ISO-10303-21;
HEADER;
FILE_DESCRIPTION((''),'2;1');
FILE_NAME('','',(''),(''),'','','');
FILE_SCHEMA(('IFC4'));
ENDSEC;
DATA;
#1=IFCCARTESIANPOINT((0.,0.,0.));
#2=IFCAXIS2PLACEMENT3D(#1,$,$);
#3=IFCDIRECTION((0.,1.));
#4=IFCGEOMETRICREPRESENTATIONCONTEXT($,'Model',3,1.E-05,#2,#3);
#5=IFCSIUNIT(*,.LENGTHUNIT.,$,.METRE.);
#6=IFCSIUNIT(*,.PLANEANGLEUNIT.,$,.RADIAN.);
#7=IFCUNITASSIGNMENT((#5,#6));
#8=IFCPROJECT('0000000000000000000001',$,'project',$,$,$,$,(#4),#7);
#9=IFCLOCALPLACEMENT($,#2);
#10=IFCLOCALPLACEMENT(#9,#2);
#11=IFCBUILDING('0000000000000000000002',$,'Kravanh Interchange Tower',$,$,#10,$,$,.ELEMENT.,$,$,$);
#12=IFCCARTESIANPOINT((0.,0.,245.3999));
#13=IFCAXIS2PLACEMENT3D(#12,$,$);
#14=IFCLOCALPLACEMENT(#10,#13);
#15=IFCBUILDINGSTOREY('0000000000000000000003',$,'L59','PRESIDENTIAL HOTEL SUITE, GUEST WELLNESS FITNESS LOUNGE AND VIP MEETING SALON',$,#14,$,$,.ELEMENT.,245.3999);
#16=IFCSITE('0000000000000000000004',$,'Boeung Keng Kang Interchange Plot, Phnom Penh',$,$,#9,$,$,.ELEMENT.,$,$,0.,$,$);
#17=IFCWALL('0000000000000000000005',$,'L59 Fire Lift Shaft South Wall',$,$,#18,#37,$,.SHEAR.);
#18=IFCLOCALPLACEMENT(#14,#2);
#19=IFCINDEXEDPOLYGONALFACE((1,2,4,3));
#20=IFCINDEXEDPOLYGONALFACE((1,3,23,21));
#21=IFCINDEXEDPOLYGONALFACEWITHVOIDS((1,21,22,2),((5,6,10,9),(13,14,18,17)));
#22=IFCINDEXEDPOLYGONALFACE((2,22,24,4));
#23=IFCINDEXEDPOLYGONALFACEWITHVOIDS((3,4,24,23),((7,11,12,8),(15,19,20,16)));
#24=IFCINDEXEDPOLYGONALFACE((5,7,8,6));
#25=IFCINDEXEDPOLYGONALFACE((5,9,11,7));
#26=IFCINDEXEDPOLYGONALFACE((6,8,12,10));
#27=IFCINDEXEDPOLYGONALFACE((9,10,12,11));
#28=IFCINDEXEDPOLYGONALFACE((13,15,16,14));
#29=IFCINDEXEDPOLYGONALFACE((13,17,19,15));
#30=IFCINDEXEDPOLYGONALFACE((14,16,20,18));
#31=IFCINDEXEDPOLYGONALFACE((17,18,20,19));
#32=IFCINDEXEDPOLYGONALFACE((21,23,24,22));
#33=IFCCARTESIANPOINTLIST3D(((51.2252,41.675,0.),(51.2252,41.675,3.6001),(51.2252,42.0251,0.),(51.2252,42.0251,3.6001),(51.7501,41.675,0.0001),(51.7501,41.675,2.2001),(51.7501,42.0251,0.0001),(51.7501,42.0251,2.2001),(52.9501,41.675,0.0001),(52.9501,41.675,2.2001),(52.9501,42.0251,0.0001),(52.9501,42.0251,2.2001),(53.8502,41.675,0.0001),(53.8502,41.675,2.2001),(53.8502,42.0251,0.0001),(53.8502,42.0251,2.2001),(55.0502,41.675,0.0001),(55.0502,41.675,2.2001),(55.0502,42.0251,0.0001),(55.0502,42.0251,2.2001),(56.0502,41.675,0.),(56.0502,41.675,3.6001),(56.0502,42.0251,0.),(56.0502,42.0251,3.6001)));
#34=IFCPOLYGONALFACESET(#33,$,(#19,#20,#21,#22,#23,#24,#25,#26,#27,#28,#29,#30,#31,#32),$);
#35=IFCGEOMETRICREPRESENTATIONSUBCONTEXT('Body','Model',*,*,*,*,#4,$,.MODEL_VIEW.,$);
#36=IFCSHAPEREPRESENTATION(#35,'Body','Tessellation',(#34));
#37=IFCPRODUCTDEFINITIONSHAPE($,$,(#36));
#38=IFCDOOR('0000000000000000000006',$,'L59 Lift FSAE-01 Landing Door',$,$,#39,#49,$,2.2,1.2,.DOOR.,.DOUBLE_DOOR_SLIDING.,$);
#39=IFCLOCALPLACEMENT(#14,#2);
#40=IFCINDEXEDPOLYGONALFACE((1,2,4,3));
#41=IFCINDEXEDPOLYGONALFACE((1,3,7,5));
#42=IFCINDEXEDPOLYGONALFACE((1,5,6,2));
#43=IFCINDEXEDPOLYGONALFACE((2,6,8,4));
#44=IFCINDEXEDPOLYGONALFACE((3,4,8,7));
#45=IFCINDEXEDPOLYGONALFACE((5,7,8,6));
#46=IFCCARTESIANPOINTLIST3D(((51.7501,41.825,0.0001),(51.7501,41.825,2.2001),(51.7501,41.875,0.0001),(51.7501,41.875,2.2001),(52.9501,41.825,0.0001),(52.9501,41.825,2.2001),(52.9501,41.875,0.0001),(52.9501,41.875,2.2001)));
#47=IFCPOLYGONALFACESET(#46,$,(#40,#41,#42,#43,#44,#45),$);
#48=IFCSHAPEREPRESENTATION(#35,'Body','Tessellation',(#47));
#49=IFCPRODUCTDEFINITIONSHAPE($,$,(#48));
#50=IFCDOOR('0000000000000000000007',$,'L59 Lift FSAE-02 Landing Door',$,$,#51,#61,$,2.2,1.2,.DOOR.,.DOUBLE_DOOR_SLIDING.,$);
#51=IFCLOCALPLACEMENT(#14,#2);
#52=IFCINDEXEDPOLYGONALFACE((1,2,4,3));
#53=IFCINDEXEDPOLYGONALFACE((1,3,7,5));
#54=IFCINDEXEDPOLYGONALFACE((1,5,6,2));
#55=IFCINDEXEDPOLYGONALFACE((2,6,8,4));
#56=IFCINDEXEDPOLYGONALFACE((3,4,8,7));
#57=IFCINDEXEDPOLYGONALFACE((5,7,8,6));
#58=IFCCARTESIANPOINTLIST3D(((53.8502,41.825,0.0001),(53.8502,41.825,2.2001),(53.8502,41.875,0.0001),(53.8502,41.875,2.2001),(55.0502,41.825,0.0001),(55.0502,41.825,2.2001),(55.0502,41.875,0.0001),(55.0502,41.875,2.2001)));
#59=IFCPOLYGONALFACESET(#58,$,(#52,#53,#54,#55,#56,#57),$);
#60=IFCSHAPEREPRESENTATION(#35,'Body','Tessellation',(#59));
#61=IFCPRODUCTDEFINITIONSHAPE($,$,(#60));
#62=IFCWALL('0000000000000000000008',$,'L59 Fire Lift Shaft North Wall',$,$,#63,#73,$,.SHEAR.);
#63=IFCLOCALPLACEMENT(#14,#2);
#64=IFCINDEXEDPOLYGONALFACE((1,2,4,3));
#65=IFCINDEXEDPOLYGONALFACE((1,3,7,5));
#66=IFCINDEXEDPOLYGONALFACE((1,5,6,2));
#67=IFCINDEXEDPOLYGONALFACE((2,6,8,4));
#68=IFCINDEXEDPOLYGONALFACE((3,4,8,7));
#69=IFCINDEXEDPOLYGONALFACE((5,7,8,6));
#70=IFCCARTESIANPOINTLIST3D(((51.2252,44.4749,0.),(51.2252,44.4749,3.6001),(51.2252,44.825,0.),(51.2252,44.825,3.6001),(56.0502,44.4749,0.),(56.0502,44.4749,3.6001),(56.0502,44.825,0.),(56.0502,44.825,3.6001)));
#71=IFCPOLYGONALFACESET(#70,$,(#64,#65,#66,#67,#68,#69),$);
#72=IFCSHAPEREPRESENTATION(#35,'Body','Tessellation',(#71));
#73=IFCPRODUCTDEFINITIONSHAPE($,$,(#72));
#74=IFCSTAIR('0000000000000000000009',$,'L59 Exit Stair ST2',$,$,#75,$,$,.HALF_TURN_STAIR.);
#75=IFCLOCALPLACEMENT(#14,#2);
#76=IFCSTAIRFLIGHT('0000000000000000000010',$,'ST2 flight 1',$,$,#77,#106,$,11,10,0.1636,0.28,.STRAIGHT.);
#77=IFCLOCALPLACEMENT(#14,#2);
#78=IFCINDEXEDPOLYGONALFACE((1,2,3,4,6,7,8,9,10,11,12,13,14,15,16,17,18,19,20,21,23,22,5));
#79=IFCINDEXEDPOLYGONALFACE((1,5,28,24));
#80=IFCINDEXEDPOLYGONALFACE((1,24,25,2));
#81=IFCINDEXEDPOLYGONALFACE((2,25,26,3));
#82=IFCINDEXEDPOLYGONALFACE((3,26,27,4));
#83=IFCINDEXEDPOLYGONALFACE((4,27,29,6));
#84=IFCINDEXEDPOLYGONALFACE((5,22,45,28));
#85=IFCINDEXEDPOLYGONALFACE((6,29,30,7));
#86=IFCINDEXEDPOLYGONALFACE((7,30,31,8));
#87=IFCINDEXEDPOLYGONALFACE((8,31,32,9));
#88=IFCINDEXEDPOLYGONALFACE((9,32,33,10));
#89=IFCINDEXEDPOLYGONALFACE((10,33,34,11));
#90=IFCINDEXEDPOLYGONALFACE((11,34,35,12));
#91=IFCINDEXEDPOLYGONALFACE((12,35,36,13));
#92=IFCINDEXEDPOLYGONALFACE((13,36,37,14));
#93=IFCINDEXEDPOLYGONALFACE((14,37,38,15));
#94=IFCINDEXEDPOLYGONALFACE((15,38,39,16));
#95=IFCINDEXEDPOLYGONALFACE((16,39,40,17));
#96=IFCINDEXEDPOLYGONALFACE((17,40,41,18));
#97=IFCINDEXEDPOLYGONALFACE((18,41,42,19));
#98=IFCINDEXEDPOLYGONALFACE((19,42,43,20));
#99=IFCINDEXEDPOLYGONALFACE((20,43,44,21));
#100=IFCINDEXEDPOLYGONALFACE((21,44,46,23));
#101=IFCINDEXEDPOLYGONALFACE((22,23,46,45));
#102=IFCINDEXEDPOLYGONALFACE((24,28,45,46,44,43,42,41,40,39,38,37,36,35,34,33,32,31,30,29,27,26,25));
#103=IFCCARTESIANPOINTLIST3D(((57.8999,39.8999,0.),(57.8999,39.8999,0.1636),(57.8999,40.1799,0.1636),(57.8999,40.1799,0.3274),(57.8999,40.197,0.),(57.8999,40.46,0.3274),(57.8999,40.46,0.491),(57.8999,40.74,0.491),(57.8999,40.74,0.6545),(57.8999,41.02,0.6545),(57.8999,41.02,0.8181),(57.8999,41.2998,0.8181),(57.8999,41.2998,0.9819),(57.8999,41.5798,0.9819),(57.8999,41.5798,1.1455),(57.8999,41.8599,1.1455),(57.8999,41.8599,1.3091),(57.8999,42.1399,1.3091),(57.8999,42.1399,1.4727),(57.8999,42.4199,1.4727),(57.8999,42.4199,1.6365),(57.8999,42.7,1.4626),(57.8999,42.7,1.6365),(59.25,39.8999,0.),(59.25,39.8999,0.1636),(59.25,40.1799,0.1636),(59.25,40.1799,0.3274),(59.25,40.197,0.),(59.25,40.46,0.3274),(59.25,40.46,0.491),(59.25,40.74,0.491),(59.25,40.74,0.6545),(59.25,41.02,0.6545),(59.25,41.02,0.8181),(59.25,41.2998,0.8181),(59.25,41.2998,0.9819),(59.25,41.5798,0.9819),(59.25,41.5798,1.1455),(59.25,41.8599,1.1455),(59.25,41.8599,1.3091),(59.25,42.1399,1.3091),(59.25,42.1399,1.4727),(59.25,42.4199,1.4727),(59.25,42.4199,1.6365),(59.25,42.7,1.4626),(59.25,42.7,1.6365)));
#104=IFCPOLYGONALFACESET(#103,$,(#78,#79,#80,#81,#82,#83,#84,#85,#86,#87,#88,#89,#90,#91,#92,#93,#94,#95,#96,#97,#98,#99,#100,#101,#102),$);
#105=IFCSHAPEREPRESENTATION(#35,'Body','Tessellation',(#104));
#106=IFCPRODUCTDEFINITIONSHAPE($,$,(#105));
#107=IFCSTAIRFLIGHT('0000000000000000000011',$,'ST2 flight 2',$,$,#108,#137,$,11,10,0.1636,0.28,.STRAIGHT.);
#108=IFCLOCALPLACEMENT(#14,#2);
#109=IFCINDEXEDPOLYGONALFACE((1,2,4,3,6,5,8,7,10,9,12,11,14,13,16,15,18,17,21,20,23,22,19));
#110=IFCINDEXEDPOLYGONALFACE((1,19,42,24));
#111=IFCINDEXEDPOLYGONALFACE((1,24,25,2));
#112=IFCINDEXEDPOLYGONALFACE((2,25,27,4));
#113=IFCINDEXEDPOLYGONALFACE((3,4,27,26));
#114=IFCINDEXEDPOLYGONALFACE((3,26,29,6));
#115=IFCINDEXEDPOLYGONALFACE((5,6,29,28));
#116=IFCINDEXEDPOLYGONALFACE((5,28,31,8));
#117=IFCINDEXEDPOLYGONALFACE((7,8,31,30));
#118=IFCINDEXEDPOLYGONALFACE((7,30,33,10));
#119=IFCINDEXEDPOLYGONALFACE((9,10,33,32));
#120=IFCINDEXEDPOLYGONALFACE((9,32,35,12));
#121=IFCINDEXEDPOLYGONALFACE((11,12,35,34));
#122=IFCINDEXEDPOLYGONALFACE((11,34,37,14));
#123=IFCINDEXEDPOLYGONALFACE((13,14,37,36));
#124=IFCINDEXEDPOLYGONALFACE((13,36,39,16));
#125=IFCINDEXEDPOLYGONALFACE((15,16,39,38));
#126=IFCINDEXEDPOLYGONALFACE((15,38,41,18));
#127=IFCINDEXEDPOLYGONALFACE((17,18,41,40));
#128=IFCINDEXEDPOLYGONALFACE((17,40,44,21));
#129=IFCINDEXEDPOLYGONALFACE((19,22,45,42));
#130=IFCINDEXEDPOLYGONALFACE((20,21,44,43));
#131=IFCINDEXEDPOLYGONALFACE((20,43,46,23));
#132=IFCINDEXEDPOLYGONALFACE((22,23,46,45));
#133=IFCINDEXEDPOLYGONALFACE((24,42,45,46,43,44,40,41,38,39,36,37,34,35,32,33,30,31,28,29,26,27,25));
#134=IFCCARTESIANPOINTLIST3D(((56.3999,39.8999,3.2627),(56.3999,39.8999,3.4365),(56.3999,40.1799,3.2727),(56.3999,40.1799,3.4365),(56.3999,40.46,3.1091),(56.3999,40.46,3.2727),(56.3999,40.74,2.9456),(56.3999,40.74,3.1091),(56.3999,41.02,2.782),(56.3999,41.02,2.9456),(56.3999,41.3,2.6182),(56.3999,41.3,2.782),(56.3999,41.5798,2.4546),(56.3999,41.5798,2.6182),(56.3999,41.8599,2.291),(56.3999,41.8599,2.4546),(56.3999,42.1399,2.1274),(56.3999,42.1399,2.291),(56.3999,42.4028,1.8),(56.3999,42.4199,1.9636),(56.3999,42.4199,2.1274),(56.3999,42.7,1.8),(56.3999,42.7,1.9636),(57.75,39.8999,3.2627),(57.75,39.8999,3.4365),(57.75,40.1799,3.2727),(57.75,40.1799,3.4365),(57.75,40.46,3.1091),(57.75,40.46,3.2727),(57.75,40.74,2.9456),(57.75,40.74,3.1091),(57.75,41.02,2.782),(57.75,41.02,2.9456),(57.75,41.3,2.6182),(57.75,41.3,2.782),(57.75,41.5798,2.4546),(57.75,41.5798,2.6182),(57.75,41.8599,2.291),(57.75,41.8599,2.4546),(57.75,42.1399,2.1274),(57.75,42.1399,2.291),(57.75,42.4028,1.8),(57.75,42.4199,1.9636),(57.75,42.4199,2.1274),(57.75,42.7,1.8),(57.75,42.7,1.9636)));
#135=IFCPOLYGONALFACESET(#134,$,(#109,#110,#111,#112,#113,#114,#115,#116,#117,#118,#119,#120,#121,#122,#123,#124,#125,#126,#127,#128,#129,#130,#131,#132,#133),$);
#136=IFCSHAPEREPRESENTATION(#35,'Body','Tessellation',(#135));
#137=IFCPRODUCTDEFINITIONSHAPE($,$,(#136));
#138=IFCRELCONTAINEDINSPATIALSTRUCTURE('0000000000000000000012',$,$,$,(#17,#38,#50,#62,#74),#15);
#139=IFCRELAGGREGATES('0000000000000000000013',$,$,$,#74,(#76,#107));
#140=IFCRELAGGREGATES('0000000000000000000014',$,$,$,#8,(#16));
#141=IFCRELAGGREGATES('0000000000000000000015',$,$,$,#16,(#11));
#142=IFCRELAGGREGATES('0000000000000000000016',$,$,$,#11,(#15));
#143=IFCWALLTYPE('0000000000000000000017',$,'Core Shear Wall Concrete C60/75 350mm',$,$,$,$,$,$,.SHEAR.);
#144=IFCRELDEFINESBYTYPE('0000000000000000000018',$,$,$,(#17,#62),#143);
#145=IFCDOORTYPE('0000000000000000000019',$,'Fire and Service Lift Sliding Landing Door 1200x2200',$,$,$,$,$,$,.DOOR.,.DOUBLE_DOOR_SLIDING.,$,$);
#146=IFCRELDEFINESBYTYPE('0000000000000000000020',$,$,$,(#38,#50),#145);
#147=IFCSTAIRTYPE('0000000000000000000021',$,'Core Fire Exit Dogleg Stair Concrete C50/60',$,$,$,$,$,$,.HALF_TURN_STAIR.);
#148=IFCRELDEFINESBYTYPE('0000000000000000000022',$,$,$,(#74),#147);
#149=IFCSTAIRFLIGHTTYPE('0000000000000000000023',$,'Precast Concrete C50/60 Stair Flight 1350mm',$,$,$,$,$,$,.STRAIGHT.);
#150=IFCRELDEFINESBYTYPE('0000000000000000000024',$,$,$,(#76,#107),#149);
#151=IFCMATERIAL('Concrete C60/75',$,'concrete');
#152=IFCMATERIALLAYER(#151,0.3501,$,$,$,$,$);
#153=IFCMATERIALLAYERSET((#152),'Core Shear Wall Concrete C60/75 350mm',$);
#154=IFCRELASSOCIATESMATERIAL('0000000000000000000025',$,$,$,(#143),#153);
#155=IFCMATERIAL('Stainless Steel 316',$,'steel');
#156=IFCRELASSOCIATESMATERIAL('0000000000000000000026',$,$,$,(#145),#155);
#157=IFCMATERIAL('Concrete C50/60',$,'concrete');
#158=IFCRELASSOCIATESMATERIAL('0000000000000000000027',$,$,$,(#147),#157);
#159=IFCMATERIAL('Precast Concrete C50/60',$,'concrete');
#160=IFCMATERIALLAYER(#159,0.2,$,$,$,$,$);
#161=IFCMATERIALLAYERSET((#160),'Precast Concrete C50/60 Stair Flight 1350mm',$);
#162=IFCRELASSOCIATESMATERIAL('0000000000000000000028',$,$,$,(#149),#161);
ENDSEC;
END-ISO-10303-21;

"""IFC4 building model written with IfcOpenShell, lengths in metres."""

from ifc_helpers import new_model, si_unit, direction, frame, frame_2d, origin, place, context, subcontext, project, spatial, polyline, rectangle, outline, extrude, material, layer, layer_set, type_object, element, fill, aggregate, save


model = new_model("IFC4")

# Units and contexts
model_context = context("Model", 3, precision=1e-05, world=origin(), true_north=direction((0.0, 1.0)))
body_context = subcontext(model_context, "Body", "Model", "MODEL_VIEW")
ifc_project = project(units=[si_unit("LENGTHUNIT", "METRE"), si_unit("PLANEANGLEUNIT", "RADIAN")], contexts=[model_context])

# Site, building, storey
site_placement = place(None, origin())
site = spatial("IfcSite", under=ifc_project, at=site_placement, Name="Boeung Keng Kang Interchange Plot, Phnom Penh", CompositionType="ELEMENT", RefElevation=0.0)
building_placement = place(site_placement, origin())
building = spatial("IfcBuilding", under=site, at=building_placement, Name="Kravanh Interchange Tower", CompositionType="ELEMENT")
storey_placement = place(building_placement, frame((0.0, 0.0, 245.3999)))
storey = spatial("IfcBuildingStorey", under=building, at=storey_placement, Name="L59", Description="PRESIDENTIAL HOTEL SUITE, GUEST WELLNESS FITNESS LOUNGE AND VIP MEETING SALON", CompositionType="ELEMENT", Elevation=245.3999)

# Shared definitions
ifc_material_1 = material(Name="Concrete C60/75", Category="concrete")
ifc_layer_1 = layer(ifc_material_1, 0.3501)
ifc_layer_set_1 = layer_set([ifc_layer_1], Name="Core Shear Wall Concrete C60/75 350mm")
wall_type = type_object("IfcWallType", Name="Core Shear Wall Concrete C60/75 350mm", PredefinedType="SHEAR", material=ifc_layer_set_1)

# Wall, openings, doors
wall_1_placement = place(storey_placement, frame((51.2251, 41.8501, 0.0), z_axis=(0.0, 0.0, 1.0), x_axis=(1.0, 0.0, 0.0)))
wall_1 = element("IfcWall", 1, at=wall_1_placement, inside=storey, type_object=wall_type, Name="L59 Fire Lift Shaft South Wall", PredefinedType="SHEAR", context=body_context, shape_type="SweptSolid", body=[
    extrude(rectangle(XDim=4.825, YDim=0.3501, at=frame_2d((2.4126, 0.0))), origin(), (0.0, 0.0, 1.0), 3.6001),
])
opening_1_placement = place(wall_1_placement, frame((0.5249, 0.0, 0.0)))
opening_1 = element("IfcOpeningElement", 2, at=opening_1_placement, cuts=wall_1, PredefinedType="OPENING", context=body_context, shape_type="SweptSolid", body=[
    extrude(rectangle(XDim=1.2, YDim=2.2, at=frame_2d((0.6001, 1.1001))), frame((0.0, 0.1851, 0.0), z_axis=(0.0, -1.0, 0.0), x_axis=(1.0, 0.0, 0.0)), (0.0, 0.0, 1.0), 0.3701),
])
opening_2_placement = place(wall_1_placement, frame((2.625, 0.0, 0.0)))
opening_2 = element("IfcOpeningElement", 3, at=opening_2_placement, cuts=wall_1, PredefinedType="OPENING", context=body_context, shape_type="SweptSolid", body=[
    extrude(rectangle(XDim=1.2, YDim=2.2, at=frame_2d((0.6001, 1.1001))), frame((0.0, 0.1851, 0.0), z_axis=(0.0, -1.0, 0.0), x_axis=(1.0, 0.0, 0.0)), (0.0, 0.0, 1.0), 0.3701),
])
ifc_material_2 = material(Name="Stainless Steel 316", Category="steel")
door_type_1 = type_object("IfcDoorType", Name="Fire and Service Lift Sliding Landing Door 1200x2200", OperationType="DOUBLE_DOOR_SLIDING", PredefinedType="DOOR", material=ifc_material_2)
door_1_placement = place(opening_1_placement, origin())
door_1 = element("IfcDoor", 4, at=door_1_placement, inside=storey, type_object=door_type_1, Name="L59 Lift FSAE-01 Landing Door", OperationType="DOUBLE_DOOR_SLIDING", OverallHeight=2.2, OverallWidth=1.2, PredefinedType="DOOR", context=body_context, shape_type="SweptSolid", body=[
    extrude(rectangle(XDim=1.2, YDim=2.2, at=frame_2d((0.6001, 1.1001))), frame((0.0, 0.0249, 0.0), z_axis=(0.0, -1.0, 0.0), x_axis=(1.0, 0.0, 0.0)), (0.0, 0.0, 1.0), 0.05),
])
fill(opening_1, door_1)
door_2_placement = place(opening_2_placement, origin())
door_2 = element("IfcDoor", 5, at=door_2_placement, inside=storey, type_object=door_type_1, Name="L59 Lift FSAE-02 Landing Door", OperationType="DOUBLE_DOOR_SLIDING", OverallHeight=2.2, OverallWidth=1.2, PredefinedType="DOOR", context=body_context, shape_type="SweptSolid", body=[
    extrude(rectangle(XDim=1.2, YDim=2.2, at=frame_2d((0.6001, 1.1001))), frame((0.0, 0.0249, 0.0), z_axis=(0.0, -1.0, 0.0), x_axis=(1.0, 0.0, 0.0)), (0.0, 0.0, 1.0), 0.05),
])
fill(opening_2, door_2)

# Wall
wall_2_placement = place(storey_placement, frame((51.2251, 44.6499, 0.0), z_axis=(0.0, 0.0, 1.0), x_axis=(1.0, 0.0, 0.0)))
element("IfcWall", 6, at=wall_2_placement, inside=storey, type_object=wall_type, Name="L59 Fire Lift Shaft North Wall", PredefinedType="SHEAR", context=body_context, shape_type="SweptSolid", body=[
    extrude(rectangle(XDim=4.825, YDim=0.3501, at=frame_2d((2.4126, 0.0))), origin(), (0.0, 0.0, 1.0), 3.6001),
])

# Stair, stair flights
ifc_material_3 = material(Name="Concrete C50/60", Category="concrete")
stair_type = type_object("IfcStairType", Name="Core Fire Exit Dogleg Stair Concrete C50/60", PredefinedType="HALF_TURN_STAIR", material=ifc_material_3)
stair_placement = place(storey_placement, origin())
stair = element("IfcStair", 7, at=stair_placement, inside=storey, type_object=stair_type, Name="L59 Exit Stair ST2", PredefinedType="HALF_TURN_STAIR")
ifc_material_4 = material(Name="Precast Concrete C50/60", Category="concrete")
ifc_layer_2 = layer(ifc_material_4, 0.2)
ifc_layer_set_2 = layer_set([ifc_layer_2], Name="Precast Concrete C50/60 Stair Flight 1350mm")
stair_flight_type = type_object("IfcStairFlightType", Name="Precast Concrete C50/60 Stair Flight 1350mm", PredefinedType="STRAIGHT", material=ifc_layer_set_2)
stair_flight_1_placement = place(storey_placement, frame((58.575, 39.8999, 0.0), z_axis=(0.0, 0.0, 1.0), x_axis=(0.0, 1.0, 0.0)))
stair_flight_1 = element("IfcStairFlight", 8, at=stair_flight_1_placement, type_object=stair_flight_type, Name="ST2 flight 1", NumberOfRisers=11, NumberOfTreads=10, PredefinedType="STRAIGHT", RiserHeight=0.1636, TreadLength=0.28, context=body_context, shape_type="SweptSolid", body=[
    extrude(outline(polyline([(0.0, 0.0), (0.0, 0.1636), (0.28, 0.1636), (0.28, 0.3274), (0.5601, 0.3274), (0.5601, 0.491), (0.8401, 0.491), (0.8401, 0.6545), (1.1201, 0.6545), (1.1201, 0.8181), (1.3999, 0.8181), (1.3999, 0.9819), (1.6799, 0.9819), (1.6799, 1.1455), (1.96, 1.1455), (1.96, 1.3091), (2.24, 1.3091), (2.24, 1.4727), (2.52, 1.4727), (2.52, 1.6365), (2.8, 1.6365), (2.8, 1.8), (2.8, 1.4626), (0.2971, 0.0), (0.0, 0.0)])), frame((0.0, 0.675, 0.0), z_axis=(0.0, -1.0, 0.0), x_axis=(1.0, 0.0, 0.0)), (0.0, 0.0, 1.0), 1.3501),
])
stair_flight_2_placement = place(storey_placement, frame((57.075, 42.7, 1.8), z_axis=(0.0, 0.0, 1.0), x_axis=(0.0, -1.0, 0.0)))
stair_flight_2 = element("IfcStairFlight", 9, at=stair_flight_2_placement, type_object=stair_flight_type, Name="ST2 flight 2", NumberOfRisers=11, NumberOfTreads=10, PredefinedType="STRAIGHT", RiserHeight=0.1636, TreadLength=0.28, context=body_context, shape_type="SweptSolid", body=[
    extrude(outline(polyline([(0.0, 0.0), (0.0, 0.1636), (0.28, 0.1636), (0.28, 0.3274), (0.5601, 0.3274), (0.5601, 0.491), (0.8401, 0.491), (0.8401, 0.6545), (1.1201, 0.6545), (1.1201, 0.8181), (1.3999, 0.8181), (1.3999, 0.9819), (1.6799, 0.9819), (1.6799, 1.1455), (1.96, 1.1455), (1.96, 1.3091), (2.24, 1.3091), (2.24, 1.4727), (2.52, 1.4727), (2.52, 1.6365), (2.8, 1.6365), (2.8, 1.8), (2.8, 1.4626), (0.2971, 0.0), (0.0, 0.0)])), frame((0.0, 0.675, 0.0), z_axis=(0.0, -1.0, 0.0), x_axis=(1.0, 0.0, 0.0)), (0.0, 0.0, 1.0), 1.3501),
])
aggregate(stair, [stair_flight_1, stair_flight_2])

save(model, "model.ifc")
